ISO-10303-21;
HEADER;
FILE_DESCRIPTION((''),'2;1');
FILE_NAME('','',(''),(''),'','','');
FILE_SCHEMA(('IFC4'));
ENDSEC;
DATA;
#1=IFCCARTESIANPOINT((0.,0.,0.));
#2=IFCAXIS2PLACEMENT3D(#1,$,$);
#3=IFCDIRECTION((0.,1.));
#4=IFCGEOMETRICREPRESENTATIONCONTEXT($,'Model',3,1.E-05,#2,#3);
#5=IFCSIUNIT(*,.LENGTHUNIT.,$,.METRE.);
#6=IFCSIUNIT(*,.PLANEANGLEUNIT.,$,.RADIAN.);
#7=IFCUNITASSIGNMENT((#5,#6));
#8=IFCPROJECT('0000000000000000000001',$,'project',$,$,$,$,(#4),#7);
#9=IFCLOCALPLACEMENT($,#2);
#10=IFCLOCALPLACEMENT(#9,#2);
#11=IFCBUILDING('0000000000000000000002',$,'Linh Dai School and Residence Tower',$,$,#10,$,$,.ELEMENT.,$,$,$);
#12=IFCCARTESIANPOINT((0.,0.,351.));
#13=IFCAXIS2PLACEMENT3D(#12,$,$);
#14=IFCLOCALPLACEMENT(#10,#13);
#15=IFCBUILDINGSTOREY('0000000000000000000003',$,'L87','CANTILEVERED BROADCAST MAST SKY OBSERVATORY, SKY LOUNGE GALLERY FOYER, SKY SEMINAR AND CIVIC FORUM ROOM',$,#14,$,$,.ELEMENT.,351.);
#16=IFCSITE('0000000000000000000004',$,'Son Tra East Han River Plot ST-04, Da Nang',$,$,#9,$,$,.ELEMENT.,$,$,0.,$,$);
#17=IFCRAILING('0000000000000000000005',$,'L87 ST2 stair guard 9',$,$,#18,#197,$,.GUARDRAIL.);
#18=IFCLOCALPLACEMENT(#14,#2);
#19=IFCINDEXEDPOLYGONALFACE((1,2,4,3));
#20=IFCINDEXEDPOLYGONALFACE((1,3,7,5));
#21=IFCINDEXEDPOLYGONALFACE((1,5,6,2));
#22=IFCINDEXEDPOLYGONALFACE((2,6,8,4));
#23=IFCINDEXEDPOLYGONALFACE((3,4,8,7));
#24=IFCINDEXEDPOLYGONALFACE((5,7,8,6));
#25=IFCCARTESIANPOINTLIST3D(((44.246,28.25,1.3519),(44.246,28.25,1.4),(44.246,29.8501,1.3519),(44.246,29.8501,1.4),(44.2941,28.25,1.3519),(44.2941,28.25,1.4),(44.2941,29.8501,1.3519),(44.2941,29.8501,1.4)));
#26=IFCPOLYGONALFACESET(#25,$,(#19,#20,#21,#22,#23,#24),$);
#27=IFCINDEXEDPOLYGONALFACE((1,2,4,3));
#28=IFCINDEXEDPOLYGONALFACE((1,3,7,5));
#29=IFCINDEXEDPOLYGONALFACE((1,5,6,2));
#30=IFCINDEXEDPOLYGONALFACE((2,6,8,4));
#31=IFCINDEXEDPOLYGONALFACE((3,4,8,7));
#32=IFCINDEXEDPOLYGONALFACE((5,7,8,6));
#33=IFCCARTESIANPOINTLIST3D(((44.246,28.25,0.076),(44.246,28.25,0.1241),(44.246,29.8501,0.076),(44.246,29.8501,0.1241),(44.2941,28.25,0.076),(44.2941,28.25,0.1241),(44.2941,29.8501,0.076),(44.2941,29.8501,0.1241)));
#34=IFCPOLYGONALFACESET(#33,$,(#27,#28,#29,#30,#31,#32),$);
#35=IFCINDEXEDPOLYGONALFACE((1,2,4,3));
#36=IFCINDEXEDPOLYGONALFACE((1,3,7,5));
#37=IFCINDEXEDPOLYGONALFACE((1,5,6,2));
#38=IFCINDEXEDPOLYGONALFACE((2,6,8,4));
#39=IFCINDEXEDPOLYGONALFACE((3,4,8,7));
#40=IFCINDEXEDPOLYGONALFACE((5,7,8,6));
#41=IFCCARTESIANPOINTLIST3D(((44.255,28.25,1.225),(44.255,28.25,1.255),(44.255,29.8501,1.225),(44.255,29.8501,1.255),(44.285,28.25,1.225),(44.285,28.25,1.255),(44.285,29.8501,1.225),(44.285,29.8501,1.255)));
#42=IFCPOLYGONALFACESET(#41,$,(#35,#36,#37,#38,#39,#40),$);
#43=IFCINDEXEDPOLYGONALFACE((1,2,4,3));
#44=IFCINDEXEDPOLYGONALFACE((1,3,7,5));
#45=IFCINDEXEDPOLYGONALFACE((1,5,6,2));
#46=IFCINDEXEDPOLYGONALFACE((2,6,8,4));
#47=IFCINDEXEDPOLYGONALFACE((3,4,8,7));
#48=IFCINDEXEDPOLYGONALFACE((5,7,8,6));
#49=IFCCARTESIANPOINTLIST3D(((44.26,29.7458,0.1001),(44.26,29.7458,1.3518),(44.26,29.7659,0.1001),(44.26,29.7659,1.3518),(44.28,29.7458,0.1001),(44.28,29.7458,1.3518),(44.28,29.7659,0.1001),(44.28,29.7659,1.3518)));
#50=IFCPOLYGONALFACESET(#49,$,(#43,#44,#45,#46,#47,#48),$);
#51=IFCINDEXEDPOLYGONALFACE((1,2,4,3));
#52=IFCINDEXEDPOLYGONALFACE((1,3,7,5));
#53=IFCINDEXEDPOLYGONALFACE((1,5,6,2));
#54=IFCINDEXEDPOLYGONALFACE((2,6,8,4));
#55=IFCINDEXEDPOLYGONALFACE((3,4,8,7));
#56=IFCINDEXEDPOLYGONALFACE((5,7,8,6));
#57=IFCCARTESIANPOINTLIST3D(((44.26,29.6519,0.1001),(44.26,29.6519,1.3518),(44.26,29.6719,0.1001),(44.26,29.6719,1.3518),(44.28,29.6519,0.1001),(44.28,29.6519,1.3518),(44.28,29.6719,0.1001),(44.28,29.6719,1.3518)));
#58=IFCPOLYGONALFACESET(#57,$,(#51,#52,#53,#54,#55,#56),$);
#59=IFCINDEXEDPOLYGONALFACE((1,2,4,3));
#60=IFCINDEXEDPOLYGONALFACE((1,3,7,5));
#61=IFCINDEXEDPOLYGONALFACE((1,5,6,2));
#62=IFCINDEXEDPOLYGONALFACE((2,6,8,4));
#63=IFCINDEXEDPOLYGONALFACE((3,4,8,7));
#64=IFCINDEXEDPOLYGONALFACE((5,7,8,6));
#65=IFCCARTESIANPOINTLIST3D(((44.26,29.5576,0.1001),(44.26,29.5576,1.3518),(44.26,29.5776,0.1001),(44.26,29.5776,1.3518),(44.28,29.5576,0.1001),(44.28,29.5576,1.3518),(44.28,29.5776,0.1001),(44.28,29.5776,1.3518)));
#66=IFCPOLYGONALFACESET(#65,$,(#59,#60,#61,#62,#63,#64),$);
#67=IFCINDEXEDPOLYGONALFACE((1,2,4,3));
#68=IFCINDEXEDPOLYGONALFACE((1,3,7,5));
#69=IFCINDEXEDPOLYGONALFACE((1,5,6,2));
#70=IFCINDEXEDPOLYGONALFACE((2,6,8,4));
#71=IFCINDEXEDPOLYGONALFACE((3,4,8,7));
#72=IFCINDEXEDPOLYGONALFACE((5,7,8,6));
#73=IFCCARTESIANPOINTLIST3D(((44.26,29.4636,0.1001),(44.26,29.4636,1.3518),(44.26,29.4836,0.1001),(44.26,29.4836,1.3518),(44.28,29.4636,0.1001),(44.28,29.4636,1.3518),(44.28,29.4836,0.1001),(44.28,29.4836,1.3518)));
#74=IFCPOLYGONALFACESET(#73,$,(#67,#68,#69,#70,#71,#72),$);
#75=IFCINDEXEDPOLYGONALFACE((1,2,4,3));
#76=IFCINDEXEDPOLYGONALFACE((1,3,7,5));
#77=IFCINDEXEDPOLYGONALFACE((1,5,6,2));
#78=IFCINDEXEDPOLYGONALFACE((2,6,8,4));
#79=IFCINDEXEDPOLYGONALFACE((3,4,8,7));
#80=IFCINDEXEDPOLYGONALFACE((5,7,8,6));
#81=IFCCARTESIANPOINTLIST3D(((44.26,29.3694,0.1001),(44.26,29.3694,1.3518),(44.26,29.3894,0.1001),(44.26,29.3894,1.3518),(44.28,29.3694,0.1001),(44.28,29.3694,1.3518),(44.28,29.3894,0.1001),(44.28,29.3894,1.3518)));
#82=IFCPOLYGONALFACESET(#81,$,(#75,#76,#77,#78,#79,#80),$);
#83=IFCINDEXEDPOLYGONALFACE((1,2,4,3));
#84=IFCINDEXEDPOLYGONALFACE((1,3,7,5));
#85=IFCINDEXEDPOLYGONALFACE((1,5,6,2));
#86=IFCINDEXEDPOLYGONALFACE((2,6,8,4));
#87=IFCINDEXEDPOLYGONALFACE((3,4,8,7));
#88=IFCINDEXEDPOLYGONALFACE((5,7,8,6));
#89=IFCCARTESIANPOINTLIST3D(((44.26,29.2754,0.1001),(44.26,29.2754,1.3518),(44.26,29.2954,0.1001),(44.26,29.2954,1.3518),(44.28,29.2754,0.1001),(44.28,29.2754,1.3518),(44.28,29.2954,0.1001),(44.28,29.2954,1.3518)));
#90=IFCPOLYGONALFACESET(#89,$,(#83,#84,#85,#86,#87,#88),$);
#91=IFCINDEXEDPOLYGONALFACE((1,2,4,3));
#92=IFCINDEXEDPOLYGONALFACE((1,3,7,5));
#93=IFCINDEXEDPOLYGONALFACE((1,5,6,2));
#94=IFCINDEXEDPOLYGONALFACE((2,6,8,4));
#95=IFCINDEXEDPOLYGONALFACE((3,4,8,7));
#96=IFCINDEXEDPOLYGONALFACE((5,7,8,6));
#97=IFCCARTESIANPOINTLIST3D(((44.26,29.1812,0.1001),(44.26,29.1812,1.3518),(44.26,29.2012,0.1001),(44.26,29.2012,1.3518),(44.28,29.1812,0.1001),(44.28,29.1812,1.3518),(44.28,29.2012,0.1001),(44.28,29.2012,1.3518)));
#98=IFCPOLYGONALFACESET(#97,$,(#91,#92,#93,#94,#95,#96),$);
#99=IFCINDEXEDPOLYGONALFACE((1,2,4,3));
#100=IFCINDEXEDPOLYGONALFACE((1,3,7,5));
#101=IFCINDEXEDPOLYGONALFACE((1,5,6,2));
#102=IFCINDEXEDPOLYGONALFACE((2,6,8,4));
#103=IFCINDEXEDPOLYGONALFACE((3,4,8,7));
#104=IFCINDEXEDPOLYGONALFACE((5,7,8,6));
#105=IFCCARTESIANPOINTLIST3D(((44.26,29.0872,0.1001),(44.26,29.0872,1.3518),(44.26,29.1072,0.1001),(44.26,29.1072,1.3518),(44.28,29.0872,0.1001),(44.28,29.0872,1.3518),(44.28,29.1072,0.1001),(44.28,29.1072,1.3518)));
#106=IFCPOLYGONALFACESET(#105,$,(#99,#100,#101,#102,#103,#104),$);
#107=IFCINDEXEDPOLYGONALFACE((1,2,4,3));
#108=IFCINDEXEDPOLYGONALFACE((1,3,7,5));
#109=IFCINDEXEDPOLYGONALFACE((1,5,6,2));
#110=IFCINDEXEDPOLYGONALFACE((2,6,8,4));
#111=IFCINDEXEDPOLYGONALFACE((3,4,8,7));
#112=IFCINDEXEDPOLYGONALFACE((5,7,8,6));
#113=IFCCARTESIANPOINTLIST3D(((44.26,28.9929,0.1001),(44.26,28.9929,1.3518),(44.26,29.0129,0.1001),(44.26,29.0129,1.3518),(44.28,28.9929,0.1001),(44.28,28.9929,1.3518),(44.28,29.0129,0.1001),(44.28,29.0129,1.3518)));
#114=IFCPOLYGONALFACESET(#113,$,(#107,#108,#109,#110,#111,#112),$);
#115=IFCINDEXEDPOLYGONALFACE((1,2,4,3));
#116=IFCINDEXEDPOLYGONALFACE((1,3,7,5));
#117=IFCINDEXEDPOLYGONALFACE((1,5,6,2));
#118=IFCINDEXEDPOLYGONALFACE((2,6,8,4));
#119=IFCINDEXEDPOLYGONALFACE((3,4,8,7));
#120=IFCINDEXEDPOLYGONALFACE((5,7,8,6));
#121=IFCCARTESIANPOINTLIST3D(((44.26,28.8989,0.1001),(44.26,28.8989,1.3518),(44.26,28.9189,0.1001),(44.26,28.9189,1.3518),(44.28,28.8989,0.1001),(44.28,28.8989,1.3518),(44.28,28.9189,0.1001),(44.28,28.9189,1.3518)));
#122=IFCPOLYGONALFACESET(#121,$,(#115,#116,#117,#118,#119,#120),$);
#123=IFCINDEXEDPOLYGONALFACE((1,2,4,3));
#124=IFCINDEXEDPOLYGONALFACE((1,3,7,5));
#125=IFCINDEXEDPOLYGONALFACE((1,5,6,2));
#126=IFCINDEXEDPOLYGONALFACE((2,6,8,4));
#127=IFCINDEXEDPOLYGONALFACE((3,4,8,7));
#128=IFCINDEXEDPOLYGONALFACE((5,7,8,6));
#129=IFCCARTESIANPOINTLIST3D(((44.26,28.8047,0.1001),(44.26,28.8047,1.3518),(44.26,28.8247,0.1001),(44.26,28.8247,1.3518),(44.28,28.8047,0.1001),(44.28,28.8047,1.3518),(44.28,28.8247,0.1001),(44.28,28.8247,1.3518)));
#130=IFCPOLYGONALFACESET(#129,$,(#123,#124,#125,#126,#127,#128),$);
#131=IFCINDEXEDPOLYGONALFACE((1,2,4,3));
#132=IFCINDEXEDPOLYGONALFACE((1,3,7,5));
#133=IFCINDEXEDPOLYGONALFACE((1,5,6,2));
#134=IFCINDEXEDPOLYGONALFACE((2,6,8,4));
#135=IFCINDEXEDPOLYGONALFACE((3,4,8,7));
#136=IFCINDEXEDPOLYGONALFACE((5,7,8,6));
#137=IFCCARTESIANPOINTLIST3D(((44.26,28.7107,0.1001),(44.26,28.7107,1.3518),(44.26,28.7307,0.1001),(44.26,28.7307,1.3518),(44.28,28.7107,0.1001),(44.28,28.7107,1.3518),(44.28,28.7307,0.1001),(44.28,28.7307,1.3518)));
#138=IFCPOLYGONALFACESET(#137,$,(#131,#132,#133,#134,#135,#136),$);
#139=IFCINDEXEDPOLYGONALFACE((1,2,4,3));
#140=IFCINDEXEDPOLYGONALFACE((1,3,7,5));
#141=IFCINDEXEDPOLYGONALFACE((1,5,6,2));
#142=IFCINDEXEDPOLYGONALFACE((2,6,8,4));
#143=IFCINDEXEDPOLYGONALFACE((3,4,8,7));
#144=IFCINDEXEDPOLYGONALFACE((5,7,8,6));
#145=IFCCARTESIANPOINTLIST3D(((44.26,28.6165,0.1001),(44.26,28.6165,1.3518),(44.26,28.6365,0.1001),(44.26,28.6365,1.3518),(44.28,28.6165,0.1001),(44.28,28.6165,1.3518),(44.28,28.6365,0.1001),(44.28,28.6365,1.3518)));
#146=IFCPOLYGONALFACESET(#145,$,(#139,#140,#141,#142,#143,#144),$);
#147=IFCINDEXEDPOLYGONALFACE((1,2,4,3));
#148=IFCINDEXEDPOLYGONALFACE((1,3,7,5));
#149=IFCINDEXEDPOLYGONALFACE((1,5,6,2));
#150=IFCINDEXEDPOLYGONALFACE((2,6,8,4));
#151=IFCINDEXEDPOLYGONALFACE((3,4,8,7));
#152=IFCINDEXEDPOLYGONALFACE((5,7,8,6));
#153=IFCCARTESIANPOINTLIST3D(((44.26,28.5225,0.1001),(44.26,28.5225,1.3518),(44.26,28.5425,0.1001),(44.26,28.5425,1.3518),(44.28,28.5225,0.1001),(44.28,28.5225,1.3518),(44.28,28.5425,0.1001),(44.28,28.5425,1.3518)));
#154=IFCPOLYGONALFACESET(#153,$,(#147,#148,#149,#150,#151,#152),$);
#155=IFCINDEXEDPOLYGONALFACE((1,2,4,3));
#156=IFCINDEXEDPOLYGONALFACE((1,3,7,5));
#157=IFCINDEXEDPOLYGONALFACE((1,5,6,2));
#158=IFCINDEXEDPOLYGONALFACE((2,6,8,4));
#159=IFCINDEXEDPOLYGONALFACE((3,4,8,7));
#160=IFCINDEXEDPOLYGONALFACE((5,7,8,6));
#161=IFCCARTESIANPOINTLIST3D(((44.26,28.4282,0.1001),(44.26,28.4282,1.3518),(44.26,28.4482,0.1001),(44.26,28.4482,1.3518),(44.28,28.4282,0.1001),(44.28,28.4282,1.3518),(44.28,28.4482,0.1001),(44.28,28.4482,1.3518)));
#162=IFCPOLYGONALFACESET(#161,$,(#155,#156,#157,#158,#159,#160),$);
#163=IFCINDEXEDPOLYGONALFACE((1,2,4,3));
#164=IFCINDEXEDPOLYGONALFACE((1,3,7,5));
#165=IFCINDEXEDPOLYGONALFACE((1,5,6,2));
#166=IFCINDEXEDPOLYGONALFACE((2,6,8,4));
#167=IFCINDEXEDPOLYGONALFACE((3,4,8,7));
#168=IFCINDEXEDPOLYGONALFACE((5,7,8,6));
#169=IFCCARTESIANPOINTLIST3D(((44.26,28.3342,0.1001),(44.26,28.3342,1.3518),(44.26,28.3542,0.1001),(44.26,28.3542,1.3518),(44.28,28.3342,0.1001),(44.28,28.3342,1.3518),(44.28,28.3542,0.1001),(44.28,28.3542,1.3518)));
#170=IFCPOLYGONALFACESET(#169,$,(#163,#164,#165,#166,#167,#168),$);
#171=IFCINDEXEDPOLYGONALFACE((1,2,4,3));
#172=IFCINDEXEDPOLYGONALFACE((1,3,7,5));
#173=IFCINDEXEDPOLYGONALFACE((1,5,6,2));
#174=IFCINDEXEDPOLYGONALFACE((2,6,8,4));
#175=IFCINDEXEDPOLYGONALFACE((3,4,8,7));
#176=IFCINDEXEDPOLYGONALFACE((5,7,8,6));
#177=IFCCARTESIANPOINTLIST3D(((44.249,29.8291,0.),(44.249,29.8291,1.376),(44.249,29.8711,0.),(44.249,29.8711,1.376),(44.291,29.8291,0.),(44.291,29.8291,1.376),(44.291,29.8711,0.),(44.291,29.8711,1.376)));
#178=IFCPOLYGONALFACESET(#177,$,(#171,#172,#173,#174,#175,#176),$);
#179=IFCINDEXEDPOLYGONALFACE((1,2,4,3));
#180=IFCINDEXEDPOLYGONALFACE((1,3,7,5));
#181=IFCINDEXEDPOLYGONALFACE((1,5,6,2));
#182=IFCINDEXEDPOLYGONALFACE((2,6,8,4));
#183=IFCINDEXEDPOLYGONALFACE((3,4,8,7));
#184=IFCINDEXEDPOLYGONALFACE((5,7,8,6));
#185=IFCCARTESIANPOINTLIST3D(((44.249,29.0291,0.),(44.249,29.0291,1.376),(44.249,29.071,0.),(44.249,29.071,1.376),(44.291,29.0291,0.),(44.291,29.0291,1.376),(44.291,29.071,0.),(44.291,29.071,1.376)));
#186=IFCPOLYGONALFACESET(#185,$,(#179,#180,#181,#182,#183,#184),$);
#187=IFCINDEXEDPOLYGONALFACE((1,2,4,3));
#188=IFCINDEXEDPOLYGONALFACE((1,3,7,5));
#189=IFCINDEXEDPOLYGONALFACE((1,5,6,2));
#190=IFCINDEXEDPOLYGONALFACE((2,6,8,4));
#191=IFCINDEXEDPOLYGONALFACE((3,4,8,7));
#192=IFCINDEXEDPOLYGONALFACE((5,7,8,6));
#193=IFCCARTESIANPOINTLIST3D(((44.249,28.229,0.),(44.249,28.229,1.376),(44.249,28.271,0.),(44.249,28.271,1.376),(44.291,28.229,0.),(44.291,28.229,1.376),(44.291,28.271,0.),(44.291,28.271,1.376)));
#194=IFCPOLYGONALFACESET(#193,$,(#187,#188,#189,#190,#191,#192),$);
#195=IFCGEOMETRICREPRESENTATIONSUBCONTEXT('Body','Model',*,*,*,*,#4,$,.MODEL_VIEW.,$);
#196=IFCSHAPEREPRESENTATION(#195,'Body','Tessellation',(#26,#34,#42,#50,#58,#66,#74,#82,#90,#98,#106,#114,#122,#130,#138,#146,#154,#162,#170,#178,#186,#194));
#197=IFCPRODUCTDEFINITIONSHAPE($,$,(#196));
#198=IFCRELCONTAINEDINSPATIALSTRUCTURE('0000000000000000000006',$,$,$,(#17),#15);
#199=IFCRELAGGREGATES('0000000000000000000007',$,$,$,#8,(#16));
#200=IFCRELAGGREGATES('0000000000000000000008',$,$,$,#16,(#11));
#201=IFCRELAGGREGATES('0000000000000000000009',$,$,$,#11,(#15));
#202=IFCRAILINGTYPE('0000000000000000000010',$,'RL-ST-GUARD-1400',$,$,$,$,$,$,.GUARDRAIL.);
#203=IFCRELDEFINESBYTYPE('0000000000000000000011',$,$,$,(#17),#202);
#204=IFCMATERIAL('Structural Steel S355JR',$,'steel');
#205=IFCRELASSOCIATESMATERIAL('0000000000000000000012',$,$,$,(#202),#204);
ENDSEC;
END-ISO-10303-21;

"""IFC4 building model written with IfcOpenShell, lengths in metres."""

from ifc_helpers import new_model, si_unit, direction, frame, origin, origin_2d, place, context, subcontext, project, spatial, rectangle, extrude, source, transform, mapped, material, type_object, element, save


model = new_model("IFC4")

# Units and contexts
model_context = context("Model", 3, precision=1e-05, world=origin(), true_north=direction((0.0, 1.0)))
body_context = subcontext(model_context, "Body", "Model", "MODEL_VIEW")
ifc_project = project(units=[si_unit("LENGTHUNIT", "METRE"), si_unit("PLANEANGLEUNIT", "RADIAN")], contexts=[model_context])

# Site, building, storey
site_placement = place(None, origin())
site = spatial("IfcSite", under=ifc_project, at=site_placement, Name="Son Tra East Han River Plot ST-04, Da Nang", CompositionType="ELEMENT", RefElevation=0.0)
building_placement = place(site_placement, origin())
building = spatial("IfcBuilding", under=site, at=building_placement, Name="Linh Dai School and Residence Tower", CompositionType="ELEMENT")
storey_placement = place(building_placement, frame((0.0, 0.0, 351.0)))
storey = spatial("IfcBuildingStorey", under=building, at=storey_placement, Name="L87", Description="CANTILEVERED BROADCAST MAST SKY OBSERVATORY, SKY LOUNGE GALLERY FOYER, SKY SEMINAR AND CIVIC FORUM ROOM", CompositionType="ELEMENT", Elevation=351.0)

# Shared definitions
ifc_material_1 = material(Name="Structural Steel S355JR", Category="steel")

# Railing
railing_type_1 = type_object("IfcRailingType", Name="RL-ST-GUARD-1400", PredefinedType="GUARDRAIL", material=ifc_material_1)
shared_shape_1 = source(origin(), body_context, "Body", "SweptSolid", [
    extrude(rectangle(XDim=0.0481, YDim=0.0481, at=origin_2d()), frame((0.0, 0.0, 1.376), z_axis=(0.0, -1.0, 0.0), x_axis=(1.0, 0.0, 0.0)), (0.0, 0.0, 1.0), 1.6001),
    extrude(rectangle(XDim=0.0481, YDim=0.0481, at=origin_2d()), frame((0.0, 0.0, 0.1001), z_axis=(0.0, -1.0, 0.0), x_axis=(1.0, 0.0, 0.0)), (0.0, 0.0, 1.0), 1.6001),
    extrude(rectangle(XDim=0.03, YDim=0.03, at=origin_2d()), frame((0.0, 0.0, 1.24), z_axis=(0.0, -1.0, 0.0), x_axis=(1.0, 0.0, 0.0)), (0.0, 0.0, 1.0), 1.6001),
    extrude(rectangle(XDim=0.02, YDim=0.02, at=origin_2d()), frame((0.0, -0.0942, 0.1001)), (0.0, 0.0, 1.0), 1.2517),
    extrude(rectangle(XDim=0.02, YDim=0.02, at=origin_2d()), frame((0.0, -0.1882, 0.1001)), (0.0, 0.0, 1.0), 1.2517),
    extrude(rectangle(XDim=0.02, YDim=0.02, at=origin_2d()), frame((0.0, -0.2825, 0.1001)), (0.0, 0.0, 1.0), 1.2517),
    extrude(rectangle(XDim=0.02, YDim=0.02, at=origin_2d()), frame((0.0, -0.3765, 0.1001)), (0.0, 0.0, 1.0), 1.2517),
    extrude(rectangle(XDim=0.02, YDim=0.02, at=origin_2d()), frame((0.0, -0.4707, 0.1001)), (0.0, 0.0, 1.0), 1.2517),
    extrude(rectangle(XDim=0.02, YDim=0.02, at=origin_2d()), frame((0.0, -0.5647, 0.1001)), (0.0, 0.0, 1.0), 1.2517),
    extrude(rectangle(XDim=0.02, YDim=0.02, at=origin_2d()), frame((0.0, -0.6589, 0.1001)), (0.0, 0.0, 1.0), 1.2517),
    extrude(rectangle(XDim=0.02, YDim=0.02, at=origin_2d()), frame((0.0, -0.7529, 0.1001)), (0.0, 0.0, 1.0), 1.2517),
    extrude(rectangle(XDim=0.02, YDim=0.02, at=origin_2d()), frame((0.0, -0.8472, 0.1001)), (0.0, 0.0, 1.0), 1.2517),
    extrude(rectangle(XDim=0.02, YDim=0.02, at=origin_2d()), frame((0.0, -0.9412, 0.1001)), (0.0, 0.0, 1.0), 1.2517),
    extrude(rectangle(XDim=0.02, YDim=0.02, at=origin_2d()), frame((0.0, -1.0354, 0.1001)), (0.0, 0.0, 1.0), 1.2517),
    extrude(rectangle(XDim=0.02, YDim=0.02, at=origin_2d()), frame((0.0, -1.1294, 0.1001)), (0.0, 0.0, 1.0), 1.2517),
    extrude(rectangle(XDim=0.02, YDim=0.02, at=origin_2d()), frame((0.0, -1.2236, 0.1001)), (0.0, 0.0, 1.0), 1.2517),
    extrude(rectangle(XDim=0.02, YDim=0.02, at=origin_2d()), frame((0.0, -1.3176, 0.1001)), (0.0, 0.0, 1.0), 1.2517),
    extrude(rectangle(XDim=0.02, YDim=0.02, at=origin_2d()), frame((0.0, -1.4119, 0.1001)), (0.0, 0.0, 1.0), 1.2517),
    extrude(rectangle(XDim=0.02, YDim=0.02, at=origin_2d()), frame((0.0, -1.5059, 0.1001)), (0.0, 0.0, 1.0), 1.2517),
    extrude(rectangle(XDim=0.042, YDim=0.042, at=origin_2d()), origin(), (0.0, 0.0, 1.0), 1.376),
    extrude(rectangle(XDim=0.042, YDim=0.042, at=origin_2d()), frame((0.0, -0.8, 0.0)), (0.0, 0.0, 1.0), 1.376),
    extrude(rectangle(XDim=0.042, YDim=0.042, at=origin_2d()), frame((0.0, -1.6001, 0.0)), (0.0, 0.0, 1.0), 1.376),
])
for number, where, name in (
    (1, (44.27, 29.8501, 0.0), "L87 ST2 stair guard 9"),
):
    element("IfcRailing", number, at=place(storey_placement, frame(where)), inside=storey, type_object=railing_type_1, Name=name, PredefinedType="GUARDRAIL", context=body_context, shape_type="MappedRepresentation", body=[
        mapped(shared_shape_1, transform((0.0, 0.0, 0.0), x_axis=(1.0, 0.0, 0.0), y_axis=(0.0, 1.0, 0.0), z_axis=(0.0, 0.0, 1.0), scale=1.0)),
    ])

save(model, "model.ifc")
